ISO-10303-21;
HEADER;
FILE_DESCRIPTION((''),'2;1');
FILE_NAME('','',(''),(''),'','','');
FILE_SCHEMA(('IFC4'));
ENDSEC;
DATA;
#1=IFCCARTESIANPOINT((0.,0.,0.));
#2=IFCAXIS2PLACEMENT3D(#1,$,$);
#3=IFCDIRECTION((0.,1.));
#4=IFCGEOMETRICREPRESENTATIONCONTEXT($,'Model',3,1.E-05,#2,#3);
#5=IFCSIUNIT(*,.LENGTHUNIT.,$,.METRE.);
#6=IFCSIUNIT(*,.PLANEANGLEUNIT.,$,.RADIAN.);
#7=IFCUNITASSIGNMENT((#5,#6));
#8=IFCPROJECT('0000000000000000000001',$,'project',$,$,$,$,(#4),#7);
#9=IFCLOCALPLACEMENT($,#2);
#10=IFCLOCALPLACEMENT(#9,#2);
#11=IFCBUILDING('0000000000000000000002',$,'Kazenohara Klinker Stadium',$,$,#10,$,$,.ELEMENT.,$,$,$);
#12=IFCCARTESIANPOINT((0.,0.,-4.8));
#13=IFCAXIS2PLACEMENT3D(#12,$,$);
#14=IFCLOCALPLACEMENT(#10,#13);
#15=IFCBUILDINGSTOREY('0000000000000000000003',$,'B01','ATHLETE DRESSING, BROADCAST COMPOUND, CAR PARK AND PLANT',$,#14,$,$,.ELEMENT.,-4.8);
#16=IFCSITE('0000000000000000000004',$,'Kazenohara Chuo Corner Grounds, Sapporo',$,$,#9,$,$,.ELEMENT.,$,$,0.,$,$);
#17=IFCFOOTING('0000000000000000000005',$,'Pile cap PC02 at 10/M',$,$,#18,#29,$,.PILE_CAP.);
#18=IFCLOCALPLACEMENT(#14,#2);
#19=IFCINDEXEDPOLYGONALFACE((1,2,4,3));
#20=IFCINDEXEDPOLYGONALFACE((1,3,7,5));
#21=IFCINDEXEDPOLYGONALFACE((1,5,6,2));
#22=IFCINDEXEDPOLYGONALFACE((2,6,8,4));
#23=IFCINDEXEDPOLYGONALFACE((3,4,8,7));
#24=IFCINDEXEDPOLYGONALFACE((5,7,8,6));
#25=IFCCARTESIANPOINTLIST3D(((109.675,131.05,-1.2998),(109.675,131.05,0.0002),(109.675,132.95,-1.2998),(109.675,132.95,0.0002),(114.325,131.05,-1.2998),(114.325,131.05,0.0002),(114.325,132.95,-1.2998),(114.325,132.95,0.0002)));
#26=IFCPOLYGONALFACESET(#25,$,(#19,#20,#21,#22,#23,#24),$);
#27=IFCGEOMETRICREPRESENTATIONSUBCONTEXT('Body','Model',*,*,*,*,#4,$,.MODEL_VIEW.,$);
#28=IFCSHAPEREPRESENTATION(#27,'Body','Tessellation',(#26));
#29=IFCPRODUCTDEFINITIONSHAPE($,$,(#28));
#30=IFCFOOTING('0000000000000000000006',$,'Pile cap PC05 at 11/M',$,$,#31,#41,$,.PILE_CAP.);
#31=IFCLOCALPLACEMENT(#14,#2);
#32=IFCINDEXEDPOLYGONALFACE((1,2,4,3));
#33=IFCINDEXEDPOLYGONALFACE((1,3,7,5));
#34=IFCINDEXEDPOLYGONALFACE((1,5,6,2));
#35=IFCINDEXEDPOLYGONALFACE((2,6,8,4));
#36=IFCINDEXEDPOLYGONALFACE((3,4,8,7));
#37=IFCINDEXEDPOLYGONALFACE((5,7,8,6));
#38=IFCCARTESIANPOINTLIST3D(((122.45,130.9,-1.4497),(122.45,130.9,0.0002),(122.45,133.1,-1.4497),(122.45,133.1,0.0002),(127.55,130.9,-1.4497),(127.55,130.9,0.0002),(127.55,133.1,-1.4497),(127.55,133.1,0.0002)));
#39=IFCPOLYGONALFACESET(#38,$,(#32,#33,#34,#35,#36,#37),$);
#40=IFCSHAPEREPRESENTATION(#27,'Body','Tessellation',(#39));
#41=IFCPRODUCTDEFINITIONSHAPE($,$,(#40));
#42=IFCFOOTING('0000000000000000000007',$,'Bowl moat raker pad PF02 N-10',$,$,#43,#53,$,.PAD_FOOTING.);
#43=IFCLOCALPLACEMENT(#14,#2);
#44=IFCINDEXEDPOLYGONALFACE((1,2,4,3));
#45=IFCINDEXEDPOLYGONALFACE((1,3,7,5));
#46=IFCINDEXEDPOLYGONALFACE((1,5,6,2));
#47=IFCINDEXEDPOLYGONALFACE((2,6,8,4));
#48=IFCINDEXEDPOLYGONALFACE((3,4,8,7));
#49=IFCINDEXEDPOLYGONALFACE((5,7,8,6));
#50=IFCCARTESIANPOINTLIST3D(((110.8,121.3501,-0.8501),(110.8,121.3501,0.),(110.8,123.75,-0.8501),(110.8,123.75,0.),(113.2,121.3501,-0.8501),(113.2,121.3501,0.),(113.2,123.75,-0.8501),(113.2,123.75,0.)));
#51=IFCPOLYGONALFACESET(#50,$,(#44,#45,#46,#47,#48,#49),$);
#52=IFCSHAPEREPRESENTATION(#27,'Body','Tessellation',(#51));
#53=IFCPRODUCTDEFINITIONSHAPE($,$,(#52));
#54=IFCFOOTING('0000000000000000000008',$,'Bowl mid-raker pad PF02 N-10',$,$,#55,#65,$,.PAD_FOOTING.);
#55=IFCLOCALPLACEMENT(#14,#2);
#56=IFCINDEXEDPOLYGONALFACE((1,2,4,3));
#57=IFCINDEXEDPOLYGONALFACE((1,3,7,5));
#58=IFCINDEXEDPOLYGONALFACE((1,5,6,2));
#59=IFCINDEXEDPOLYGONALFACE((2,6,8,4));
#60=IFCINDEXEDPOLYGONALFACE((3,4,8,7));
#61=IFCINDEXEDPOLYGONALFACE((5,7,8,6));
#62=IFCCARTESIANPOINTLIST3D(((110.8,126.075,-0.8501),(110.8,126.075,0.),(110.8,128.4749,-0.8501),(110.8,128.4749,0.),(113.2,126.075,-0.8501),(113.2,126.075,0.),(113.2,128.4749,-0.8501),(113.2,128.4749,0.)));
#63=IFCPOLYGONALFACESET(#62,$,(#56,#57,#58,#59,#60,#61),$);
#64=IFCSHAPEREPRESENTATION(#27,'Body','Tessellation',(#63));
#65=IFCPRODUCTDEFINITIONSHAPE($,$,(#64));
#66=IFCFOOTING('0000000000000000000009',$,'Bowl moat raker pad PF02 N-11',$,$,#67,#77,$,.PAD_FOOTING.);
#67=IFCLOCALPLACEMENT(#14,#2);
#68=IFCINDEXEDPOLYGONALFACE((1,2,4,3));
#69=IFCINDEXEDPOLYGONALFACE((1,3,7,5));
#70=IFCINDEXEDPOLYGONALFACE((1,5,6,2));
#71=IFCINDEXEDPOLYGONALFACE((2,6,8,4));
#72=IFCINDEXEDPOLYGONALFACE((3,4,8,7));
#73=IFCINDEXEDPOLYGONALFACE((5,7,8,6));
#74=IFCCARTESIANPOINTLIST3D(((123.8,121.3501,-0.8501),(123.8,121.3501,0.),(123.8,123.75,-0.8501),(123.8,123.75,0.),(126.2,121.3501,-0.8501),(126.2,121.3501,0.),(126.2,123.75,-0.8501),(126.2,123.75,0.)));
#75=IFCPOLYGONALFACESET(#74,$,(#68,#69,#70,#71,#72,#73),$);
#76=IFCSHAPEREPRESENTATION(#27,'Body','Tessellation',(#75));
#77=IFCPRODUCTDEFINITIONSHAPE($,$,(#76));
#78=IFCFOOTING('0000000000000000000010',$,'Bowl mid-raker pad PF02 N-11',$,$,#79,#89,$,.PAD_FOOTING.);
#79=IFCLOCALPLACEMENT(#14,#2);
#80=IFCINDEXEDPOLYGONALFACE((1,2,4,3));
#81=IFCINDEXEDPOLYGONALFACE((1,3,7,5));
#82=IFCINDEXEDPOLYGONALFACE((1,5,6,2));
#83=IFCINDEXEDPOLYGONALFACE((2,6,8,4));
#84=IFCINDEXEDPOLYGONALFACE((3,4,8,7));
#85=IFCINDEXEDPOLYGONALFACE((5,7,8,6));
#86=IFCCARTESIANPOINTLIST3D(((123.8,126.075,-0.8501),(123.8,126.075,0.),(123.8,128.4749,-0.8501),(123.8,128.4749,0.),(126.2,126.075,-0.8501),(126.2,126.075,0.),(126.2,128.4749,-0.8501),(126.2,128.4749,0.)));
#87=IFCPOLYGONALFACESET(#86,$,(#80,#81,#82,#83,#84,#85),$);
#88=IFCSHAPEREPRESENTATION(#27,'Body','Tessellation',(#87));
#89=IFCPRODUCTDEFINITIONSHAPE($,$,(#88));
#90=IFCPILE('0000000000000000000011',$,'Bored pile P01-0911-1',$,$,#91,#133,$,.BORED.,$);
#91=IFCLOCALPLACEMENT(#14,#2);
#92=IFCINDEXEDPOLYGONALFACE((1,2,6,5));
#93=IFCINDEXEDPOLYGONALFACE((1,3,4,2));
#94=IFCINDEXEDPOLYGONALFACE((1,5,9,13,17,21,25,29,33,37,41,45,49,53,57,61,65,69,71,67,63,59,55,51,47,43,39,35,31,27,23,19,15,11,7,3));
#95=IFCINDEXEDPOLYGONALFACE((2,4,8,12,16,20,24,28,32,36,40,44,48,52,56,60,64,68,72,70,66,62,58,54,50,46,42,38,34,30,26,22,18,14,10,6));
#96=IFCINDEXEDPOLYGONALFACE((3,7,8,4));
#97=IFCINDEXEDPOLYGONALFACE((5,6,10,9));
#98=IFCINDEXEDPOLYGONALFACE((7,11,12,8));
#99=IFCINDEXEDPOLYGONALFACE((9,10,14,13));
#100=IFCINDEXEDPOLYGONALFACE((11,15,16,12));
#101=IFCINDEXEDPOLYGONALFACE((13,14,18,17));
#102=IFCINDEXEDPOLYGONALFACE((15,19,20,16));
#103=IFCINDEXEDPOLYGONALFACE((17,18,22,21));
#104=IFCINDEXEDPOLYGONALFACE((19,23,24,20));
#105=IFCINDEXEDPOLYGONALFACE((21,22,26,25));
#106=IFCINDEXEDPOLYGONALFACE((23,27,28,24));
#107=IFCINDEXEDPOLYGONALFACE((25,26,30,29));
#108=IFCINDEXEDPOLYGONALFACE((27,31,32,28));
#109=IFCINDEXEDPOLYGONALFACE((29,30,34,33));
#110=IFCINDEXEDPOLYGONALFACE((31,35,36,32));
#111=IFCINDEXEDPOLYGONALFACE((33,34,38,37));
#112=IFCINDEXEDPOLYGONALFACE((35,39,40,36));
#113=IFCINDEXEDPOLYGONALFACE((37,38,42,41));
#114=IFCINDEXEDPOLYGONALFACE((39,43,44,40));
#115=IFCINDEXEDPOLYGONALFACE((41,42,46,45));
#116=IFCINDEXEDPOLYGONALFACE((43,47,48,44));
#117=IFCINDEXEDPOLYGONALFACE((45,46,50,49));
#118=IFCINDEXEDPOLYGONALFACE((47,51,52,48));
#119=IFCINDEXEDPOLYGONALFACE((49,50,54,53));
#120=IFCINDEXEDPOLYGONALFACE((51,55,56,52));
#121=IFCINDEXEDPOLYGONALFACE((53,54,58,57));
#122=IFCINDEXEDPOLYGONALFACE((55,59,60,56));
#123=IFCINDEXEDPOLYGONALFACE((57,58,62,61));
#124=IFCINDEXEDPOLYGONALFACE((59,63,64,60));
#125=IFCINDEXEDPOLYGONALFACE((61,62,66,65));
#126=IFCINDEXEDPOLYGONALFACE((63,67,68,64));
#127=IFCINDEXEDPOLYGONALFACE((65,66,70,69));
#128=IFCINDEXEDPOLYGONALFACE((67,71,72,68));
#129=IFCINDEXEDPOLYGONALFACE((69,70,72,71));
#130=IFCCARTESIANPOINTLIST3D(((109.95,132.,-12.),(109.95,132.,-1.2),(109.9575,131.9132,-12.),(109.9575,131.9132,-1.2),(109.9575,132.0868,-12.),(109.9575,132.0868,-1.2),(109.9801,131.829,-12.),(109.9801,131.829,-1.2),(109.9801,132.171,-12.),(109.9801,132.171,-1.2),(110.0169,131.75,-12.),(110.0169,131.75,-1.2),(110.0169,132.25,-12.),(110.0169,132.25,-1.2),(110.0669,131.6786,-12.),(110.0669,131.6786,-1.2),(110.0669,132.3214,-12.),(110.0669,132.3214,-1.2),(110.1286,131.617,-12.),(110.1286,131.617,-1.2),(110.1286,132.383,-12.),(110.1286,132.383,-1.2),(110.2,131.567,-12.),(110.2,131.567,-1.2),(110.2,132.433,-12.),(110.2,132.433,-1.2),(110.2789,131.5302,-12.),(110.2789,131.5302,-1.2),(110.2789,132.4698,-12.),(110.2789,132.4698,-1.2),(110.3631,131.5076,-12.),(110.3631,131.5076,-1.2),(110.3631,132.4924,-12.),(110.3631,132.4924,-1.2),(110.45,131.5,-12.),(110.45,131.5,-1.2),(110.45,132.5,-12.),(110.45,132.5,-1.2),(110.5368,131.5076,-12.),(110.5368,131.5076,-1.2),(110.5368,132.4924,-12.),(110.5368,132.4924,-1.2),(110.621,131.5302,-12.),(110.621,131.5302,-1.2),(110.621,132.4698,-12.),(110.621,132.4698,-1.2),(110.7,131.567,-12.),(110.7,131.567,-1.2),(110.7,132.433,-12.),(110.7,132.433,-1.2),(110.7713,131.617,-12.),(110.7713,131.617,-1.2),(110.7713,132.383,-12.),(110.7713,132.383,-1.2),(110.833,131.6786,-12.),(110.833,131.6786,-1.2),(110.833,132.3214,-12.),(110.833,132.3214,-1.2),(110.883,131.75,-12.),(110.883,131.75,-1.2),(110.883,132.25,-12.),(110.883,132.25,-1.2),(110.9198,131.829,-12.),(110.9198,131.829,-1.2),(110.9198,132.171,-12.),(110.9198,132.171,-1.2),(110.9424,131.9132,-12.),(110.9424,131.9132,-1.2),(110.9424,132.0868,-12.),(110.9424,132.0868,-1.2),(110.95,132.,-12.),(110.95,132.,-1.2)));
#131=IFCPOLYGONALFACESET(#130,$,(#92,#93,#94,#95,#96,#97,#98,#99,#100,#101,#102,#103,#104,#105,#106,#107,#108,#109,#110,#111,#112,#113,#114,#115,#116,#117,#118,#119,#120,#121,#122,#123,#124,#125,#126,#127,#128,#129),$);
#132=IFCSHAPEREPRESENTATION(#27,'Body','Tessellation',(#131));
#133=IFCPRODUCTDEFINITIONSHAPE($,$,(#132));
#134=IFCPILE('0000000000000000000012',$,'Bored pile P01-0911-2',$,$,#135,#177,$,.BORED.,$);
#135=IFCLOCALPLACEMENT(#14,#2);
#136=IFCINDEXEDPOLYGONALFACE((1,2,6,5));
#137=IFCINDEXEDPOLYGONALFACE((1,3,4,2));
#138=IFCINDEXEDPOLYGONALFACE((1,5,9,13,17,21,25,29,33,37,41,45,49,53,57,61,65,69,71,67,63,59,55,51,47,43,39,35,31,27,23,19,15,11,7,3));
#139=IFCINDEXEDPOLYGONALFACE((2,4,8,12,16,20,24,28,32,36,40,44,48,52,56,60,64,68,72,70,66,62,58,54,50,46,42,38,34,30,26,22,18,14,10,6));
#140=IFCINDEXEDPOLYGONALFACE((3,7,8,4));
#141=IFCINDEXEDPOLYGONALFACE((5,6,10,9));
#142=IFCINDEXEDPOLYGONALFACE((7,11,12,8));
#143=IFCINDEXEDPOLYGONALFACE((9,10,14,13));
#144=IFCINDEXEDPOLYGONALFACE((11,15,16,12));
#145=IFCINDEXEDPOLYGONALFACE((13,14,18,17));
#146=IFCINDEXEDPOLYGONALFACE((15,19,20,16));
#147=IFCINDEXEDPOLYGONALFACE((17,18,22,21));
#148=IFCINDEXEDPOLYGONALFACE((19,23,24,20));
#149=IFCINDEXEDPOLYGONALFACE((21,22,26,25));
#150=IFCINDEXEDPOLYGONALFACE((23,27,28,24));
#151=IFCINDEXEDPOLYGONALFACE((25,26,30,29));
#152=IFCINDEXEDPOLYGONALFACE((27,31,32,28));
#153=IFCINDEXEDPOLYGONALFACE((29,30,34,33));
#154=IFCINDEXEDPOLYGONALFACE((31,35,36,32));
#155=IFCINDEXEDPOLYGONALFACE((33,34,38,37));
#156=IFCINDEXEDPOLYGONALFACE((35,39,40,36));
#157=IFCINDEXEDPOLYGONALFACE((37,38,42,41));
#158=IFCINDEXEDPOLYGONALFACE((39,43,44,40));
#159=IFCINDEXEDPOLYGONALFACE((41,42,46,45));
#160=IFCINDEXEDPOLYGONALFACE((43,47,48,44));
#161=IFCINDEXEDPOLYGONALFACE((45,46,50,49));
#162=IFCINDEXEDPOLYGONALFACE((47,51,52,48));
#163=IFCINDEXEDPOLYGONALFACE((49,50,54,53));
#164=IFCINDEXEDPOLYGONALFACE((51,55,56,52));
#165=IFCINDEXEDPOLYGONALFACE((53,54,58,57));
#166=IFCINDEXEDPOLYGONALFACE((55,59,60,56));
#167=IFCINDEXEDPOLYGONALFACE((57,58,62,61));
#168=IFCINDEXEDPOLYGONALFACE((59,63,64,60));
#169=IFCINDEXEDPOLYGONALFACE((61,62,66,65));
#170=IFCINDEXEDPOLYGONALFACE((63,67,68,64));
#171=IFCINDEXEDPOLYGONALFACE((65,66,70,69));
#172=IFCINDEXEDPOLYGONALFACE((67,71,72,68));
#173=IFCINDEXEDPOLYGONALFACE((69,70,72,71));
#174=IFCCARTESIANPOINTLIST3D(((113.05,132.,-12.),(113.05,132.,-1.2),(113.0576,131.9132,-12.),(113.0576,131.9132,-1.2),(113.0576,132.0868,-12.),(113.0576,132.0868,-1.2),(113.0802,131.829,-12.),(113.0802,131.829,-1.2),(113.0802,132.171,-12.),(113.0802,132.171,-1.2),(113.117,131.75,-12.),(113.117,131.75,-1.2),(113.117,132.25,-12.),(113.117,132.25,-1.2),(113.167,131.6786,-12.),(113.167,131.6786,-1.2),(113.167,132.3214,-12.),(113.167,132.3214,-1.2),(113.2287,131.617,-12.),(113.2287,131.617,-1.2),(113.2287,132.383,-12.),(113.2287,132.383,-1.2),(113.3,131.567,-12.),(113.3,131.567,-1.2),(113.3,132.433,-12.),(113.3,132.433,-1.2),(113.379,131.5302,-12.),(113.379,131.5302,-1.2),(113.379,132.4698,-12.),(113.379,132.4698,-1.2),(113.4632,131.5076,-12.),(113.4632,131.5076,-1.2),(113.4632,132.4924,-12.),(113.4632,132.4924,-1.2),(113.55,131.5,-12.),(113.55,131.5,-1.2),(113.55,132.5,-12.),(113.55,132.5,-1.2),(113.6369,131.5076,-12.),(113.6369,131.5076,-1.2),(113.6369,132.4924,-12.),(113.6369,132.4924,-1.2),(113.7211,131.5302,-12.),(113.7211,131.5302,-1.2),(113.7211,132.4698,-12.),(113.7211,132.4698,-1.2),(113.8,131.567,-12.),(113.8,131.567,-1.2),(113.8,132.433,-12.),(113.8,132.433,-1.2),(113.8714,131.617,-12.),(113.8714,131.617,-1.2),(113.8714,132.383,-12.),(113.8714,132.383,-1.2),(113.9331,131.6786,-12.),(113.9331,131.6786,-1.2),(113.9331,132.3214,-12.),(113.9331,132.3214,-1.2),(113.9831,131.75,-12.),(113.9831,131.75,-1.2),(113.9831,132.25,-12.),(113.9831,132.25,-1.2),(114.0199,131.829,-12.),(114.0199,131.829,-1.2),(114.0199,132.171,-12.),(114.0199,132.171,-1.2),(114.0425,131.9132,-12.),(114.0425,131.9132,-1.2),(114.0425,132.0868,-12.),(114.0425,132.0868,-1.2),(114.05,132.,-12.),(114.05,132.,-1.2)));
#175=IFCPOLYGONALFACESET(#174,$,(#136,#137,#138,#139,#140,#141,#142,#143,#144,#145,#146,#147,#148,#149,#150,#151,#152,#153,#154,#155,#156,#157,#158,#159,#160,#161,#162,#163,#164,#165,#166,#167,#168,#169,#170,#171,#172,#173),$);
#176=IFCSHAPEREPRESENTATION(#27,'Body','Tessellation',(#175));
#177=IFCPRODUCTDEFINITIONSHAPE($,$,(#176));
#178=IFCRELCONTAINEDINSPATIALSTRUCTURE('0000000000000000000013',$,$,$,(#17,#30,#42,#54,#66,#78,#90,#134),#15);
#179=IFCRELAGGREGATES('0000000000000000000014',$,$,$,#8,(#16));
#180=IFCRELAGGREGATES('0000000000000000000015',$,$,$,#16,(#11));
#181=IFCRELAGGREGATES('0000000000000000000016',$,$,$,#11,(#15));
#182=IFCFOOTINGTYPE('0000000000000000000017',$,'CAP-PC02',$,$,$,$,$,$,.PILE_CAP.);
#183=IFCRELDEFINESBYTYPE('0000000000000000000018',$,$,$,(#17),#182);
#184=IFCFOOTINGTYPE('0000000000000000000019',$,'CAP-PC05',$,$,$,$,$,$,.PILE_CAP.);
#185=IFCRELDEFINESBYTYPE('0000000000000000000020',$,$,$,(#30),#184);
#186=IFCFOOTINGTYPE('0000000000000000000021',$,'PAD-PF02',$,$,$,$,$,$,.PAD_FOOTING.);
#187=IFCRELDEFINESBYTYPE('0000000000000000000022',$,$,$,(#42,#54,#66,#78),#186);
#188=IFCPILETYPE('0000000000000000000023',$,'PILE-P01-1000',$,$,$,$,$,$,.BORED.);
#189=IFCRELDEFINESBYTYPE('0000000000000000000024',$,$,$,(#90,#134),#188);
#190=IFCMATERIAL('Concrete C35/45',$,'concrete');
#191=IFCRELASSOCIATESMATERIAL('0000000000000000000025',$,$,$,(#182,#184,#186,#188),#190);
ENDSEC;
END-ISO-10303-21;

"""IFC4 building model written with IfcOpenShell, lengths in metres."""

from ifc_helpers import new_model, si_unit, direction, frame, origin, origin_2d, place, context, subcontext, project, spatial, rectangle, circle, extrude, material, material_profile, profile_set, type_object, element, save


model = new_model("IFC4")

# Units and contexts
model_context = context("Model", 3, precision=1e-05, world=origin(), true_north=direction((0.0, 1.0)))
body_context = subcontext(model_context, "Body", "Model", "MODEL_VIEW")
ifc_project = project(units=[si_unit("LENGTHUNIT", "METRE"), si_unit("PLANEANGLEUNIT", "RADIAN")], contexts=[model_context])

# Site, building, storey
site_placement = place(None, origin())
site = spatial("IfcSite", under=ifc_project, at=site_placement, Name="Kazenohara Chuo Corner Grounds, Sapporo", CompositionType="ELEMENT", RefElevation=0.0)
building_placement = place(site_placement, origin())
building = spatial("IfcBuilding", under=site, at=building_placement, Name="Kazenohara Klinker Stadium", CompositionType="ELEMENT")
storey_placement = place(building_placement, frame((0.0, 0.0, -4.8)))
storey = spatial("IfcBuildingStorey", under=building, at=storey_placement, Name="B01", Description="ATHLETE DRESSING, BROADCAST COMPOUND, CAR PARK AND PLANT", CompositionType="ELEMENT", Elevation=-4.8)

# Footings
ifc_material_1 = material(Name="Concrete C35/45", Category="concrete")
footing_type_1 = type_object("IfcFootingType", Name="CAP-PC02", PredefinedType="PILE_CAP", material=ifc_material_1)
footing_1_placement = place(storey_placement, frame((112.0, 132.0, -1.2998), z_axis=(0.0, 0.0, 1.0), x_axis=(1.0, 0.0, 0.0)))
element("IfcFooting", 1, at=footing_1_placement, inside=storey, type_object=footing_type_1, Name="Pile cap PC02 at 10/M", PredefinedType="PILE_CAP", context=body_context, shape_type="SweptSolid", body=[
    extrude(rectangle(XDim=4.6499, YDim=1.8999, at=origin_2d()), origin(), (0.0, 0.0, 1.0), 1.3),
])
footing_type_2 = type_object("IfcFootingType", Name="CAP-PC05", PredefinedType="PILE_CAP", material=ifc_material_1)
footing_2_placement = place(storey_placement, frame((125.0, 132.0, -1.4497), z_axis=(0.0, 0.0, 1.0), x_axis=(1.0, 0.0, 0.0)))
element("IfcFooting", 2, at=footing_2_placement, inside=storey, type_object=footing_type_2, Name="Pile cap PC05 at 11/M", PredefinedType="PILE_CAP", context=body_context, shape_type="SweptSolid", body=[
    extrude(rectangle(XDim=5.1001, YDim=2.2, at=origin_2d()), origin(), (0.0, 0.0, 1.0), 1.45),
])
footing_type_3 = type_object("IfcFootingType", Name="PAD-PF02", PredefinedType="PAD_FOOTING", material=ifc_material_1)
for number, where, z_axis, x_axis, name in (
    (3, (112.0, 122.55, -0.8501), (0.0, 0.0, 1.0), (1.0, 0.0, 0.0), "Bowl moat raker pad PF02 N-10"),
    (4, (112.0, 127.2749, -0.8501), (0.0, 0.0, 1.0), (1.0, 0.0, 0.0), "Bowl mid-raker pad PF02 N-10"),
    (5, (125.0, 122.55, -0.8501), (0.0, 0.0, 1.0), (1.0, 0.0, 0.0), "Bowl moat raker pad PF02 N-11"),
    (6, (125.0, 127.2749, -0.8501), (0.0, 0.0, 1.0), (1.0, 0.0, 0.0), "Bowl mid-raker pad PF02 N-11"),
):
    element("IfcFooting", number, at=place(storey_placement, frame(where, z_axis=z_axis, x_axis=x_axis)), inside=storey, type_object=footing_type_3, Name=name, PredefinedType="PAD_FOOTING", context=body_context, shape_type="SweptSolid", body=[
        extrude(rectangle(XDim=2.3999, YDim=2.3999, at=origin_2d()), origin(), (0.0, 0.0, 1.0), 0.8501),
    ])

# Piles
ifc_material_profile_1 = material_profile(ifc_material_1, circle(Radius=0.5, at=origin_2d()), Name="BORED-PILE-1000")
ifc_profile_set_1 = profile_set([ifc_material_profile_1], Name="Concrete C35/45")
pile_type = type_object("IfcPileType", Name="PILE-P01-1000", PredefinedType="BORED", material=ifc_profile_set_1)
for number, where, z_axis, x_axis, name in (
    (7, (110.45, 132.0, -1.2), (0.0, 0.0, -1.0), (1.0, 0.0, 0.0), "Bored pile P01-0911-1"),
    (8, (113.55, 132.0, -1.2), (0.0, 0.0, -1.0), (1.0, 0.0, 0.0), "Bored pile P01-0911-2"),
):
    element("IfcPile", number, at=place(storey_placement, frame(where, z_axis=z_axis, x_axis=x_axis)), inside=storey, type_object=pile_type, Name=name, PredefinedType="BORED", context=body_context, shape_type="SweptSolid", body=[
        extrude(circle(Radius=0.5, at=origin_2d()), origin(), (0.0, 0.0, 1.0), 10.8),
    ])

save(model, "model.ifc")
